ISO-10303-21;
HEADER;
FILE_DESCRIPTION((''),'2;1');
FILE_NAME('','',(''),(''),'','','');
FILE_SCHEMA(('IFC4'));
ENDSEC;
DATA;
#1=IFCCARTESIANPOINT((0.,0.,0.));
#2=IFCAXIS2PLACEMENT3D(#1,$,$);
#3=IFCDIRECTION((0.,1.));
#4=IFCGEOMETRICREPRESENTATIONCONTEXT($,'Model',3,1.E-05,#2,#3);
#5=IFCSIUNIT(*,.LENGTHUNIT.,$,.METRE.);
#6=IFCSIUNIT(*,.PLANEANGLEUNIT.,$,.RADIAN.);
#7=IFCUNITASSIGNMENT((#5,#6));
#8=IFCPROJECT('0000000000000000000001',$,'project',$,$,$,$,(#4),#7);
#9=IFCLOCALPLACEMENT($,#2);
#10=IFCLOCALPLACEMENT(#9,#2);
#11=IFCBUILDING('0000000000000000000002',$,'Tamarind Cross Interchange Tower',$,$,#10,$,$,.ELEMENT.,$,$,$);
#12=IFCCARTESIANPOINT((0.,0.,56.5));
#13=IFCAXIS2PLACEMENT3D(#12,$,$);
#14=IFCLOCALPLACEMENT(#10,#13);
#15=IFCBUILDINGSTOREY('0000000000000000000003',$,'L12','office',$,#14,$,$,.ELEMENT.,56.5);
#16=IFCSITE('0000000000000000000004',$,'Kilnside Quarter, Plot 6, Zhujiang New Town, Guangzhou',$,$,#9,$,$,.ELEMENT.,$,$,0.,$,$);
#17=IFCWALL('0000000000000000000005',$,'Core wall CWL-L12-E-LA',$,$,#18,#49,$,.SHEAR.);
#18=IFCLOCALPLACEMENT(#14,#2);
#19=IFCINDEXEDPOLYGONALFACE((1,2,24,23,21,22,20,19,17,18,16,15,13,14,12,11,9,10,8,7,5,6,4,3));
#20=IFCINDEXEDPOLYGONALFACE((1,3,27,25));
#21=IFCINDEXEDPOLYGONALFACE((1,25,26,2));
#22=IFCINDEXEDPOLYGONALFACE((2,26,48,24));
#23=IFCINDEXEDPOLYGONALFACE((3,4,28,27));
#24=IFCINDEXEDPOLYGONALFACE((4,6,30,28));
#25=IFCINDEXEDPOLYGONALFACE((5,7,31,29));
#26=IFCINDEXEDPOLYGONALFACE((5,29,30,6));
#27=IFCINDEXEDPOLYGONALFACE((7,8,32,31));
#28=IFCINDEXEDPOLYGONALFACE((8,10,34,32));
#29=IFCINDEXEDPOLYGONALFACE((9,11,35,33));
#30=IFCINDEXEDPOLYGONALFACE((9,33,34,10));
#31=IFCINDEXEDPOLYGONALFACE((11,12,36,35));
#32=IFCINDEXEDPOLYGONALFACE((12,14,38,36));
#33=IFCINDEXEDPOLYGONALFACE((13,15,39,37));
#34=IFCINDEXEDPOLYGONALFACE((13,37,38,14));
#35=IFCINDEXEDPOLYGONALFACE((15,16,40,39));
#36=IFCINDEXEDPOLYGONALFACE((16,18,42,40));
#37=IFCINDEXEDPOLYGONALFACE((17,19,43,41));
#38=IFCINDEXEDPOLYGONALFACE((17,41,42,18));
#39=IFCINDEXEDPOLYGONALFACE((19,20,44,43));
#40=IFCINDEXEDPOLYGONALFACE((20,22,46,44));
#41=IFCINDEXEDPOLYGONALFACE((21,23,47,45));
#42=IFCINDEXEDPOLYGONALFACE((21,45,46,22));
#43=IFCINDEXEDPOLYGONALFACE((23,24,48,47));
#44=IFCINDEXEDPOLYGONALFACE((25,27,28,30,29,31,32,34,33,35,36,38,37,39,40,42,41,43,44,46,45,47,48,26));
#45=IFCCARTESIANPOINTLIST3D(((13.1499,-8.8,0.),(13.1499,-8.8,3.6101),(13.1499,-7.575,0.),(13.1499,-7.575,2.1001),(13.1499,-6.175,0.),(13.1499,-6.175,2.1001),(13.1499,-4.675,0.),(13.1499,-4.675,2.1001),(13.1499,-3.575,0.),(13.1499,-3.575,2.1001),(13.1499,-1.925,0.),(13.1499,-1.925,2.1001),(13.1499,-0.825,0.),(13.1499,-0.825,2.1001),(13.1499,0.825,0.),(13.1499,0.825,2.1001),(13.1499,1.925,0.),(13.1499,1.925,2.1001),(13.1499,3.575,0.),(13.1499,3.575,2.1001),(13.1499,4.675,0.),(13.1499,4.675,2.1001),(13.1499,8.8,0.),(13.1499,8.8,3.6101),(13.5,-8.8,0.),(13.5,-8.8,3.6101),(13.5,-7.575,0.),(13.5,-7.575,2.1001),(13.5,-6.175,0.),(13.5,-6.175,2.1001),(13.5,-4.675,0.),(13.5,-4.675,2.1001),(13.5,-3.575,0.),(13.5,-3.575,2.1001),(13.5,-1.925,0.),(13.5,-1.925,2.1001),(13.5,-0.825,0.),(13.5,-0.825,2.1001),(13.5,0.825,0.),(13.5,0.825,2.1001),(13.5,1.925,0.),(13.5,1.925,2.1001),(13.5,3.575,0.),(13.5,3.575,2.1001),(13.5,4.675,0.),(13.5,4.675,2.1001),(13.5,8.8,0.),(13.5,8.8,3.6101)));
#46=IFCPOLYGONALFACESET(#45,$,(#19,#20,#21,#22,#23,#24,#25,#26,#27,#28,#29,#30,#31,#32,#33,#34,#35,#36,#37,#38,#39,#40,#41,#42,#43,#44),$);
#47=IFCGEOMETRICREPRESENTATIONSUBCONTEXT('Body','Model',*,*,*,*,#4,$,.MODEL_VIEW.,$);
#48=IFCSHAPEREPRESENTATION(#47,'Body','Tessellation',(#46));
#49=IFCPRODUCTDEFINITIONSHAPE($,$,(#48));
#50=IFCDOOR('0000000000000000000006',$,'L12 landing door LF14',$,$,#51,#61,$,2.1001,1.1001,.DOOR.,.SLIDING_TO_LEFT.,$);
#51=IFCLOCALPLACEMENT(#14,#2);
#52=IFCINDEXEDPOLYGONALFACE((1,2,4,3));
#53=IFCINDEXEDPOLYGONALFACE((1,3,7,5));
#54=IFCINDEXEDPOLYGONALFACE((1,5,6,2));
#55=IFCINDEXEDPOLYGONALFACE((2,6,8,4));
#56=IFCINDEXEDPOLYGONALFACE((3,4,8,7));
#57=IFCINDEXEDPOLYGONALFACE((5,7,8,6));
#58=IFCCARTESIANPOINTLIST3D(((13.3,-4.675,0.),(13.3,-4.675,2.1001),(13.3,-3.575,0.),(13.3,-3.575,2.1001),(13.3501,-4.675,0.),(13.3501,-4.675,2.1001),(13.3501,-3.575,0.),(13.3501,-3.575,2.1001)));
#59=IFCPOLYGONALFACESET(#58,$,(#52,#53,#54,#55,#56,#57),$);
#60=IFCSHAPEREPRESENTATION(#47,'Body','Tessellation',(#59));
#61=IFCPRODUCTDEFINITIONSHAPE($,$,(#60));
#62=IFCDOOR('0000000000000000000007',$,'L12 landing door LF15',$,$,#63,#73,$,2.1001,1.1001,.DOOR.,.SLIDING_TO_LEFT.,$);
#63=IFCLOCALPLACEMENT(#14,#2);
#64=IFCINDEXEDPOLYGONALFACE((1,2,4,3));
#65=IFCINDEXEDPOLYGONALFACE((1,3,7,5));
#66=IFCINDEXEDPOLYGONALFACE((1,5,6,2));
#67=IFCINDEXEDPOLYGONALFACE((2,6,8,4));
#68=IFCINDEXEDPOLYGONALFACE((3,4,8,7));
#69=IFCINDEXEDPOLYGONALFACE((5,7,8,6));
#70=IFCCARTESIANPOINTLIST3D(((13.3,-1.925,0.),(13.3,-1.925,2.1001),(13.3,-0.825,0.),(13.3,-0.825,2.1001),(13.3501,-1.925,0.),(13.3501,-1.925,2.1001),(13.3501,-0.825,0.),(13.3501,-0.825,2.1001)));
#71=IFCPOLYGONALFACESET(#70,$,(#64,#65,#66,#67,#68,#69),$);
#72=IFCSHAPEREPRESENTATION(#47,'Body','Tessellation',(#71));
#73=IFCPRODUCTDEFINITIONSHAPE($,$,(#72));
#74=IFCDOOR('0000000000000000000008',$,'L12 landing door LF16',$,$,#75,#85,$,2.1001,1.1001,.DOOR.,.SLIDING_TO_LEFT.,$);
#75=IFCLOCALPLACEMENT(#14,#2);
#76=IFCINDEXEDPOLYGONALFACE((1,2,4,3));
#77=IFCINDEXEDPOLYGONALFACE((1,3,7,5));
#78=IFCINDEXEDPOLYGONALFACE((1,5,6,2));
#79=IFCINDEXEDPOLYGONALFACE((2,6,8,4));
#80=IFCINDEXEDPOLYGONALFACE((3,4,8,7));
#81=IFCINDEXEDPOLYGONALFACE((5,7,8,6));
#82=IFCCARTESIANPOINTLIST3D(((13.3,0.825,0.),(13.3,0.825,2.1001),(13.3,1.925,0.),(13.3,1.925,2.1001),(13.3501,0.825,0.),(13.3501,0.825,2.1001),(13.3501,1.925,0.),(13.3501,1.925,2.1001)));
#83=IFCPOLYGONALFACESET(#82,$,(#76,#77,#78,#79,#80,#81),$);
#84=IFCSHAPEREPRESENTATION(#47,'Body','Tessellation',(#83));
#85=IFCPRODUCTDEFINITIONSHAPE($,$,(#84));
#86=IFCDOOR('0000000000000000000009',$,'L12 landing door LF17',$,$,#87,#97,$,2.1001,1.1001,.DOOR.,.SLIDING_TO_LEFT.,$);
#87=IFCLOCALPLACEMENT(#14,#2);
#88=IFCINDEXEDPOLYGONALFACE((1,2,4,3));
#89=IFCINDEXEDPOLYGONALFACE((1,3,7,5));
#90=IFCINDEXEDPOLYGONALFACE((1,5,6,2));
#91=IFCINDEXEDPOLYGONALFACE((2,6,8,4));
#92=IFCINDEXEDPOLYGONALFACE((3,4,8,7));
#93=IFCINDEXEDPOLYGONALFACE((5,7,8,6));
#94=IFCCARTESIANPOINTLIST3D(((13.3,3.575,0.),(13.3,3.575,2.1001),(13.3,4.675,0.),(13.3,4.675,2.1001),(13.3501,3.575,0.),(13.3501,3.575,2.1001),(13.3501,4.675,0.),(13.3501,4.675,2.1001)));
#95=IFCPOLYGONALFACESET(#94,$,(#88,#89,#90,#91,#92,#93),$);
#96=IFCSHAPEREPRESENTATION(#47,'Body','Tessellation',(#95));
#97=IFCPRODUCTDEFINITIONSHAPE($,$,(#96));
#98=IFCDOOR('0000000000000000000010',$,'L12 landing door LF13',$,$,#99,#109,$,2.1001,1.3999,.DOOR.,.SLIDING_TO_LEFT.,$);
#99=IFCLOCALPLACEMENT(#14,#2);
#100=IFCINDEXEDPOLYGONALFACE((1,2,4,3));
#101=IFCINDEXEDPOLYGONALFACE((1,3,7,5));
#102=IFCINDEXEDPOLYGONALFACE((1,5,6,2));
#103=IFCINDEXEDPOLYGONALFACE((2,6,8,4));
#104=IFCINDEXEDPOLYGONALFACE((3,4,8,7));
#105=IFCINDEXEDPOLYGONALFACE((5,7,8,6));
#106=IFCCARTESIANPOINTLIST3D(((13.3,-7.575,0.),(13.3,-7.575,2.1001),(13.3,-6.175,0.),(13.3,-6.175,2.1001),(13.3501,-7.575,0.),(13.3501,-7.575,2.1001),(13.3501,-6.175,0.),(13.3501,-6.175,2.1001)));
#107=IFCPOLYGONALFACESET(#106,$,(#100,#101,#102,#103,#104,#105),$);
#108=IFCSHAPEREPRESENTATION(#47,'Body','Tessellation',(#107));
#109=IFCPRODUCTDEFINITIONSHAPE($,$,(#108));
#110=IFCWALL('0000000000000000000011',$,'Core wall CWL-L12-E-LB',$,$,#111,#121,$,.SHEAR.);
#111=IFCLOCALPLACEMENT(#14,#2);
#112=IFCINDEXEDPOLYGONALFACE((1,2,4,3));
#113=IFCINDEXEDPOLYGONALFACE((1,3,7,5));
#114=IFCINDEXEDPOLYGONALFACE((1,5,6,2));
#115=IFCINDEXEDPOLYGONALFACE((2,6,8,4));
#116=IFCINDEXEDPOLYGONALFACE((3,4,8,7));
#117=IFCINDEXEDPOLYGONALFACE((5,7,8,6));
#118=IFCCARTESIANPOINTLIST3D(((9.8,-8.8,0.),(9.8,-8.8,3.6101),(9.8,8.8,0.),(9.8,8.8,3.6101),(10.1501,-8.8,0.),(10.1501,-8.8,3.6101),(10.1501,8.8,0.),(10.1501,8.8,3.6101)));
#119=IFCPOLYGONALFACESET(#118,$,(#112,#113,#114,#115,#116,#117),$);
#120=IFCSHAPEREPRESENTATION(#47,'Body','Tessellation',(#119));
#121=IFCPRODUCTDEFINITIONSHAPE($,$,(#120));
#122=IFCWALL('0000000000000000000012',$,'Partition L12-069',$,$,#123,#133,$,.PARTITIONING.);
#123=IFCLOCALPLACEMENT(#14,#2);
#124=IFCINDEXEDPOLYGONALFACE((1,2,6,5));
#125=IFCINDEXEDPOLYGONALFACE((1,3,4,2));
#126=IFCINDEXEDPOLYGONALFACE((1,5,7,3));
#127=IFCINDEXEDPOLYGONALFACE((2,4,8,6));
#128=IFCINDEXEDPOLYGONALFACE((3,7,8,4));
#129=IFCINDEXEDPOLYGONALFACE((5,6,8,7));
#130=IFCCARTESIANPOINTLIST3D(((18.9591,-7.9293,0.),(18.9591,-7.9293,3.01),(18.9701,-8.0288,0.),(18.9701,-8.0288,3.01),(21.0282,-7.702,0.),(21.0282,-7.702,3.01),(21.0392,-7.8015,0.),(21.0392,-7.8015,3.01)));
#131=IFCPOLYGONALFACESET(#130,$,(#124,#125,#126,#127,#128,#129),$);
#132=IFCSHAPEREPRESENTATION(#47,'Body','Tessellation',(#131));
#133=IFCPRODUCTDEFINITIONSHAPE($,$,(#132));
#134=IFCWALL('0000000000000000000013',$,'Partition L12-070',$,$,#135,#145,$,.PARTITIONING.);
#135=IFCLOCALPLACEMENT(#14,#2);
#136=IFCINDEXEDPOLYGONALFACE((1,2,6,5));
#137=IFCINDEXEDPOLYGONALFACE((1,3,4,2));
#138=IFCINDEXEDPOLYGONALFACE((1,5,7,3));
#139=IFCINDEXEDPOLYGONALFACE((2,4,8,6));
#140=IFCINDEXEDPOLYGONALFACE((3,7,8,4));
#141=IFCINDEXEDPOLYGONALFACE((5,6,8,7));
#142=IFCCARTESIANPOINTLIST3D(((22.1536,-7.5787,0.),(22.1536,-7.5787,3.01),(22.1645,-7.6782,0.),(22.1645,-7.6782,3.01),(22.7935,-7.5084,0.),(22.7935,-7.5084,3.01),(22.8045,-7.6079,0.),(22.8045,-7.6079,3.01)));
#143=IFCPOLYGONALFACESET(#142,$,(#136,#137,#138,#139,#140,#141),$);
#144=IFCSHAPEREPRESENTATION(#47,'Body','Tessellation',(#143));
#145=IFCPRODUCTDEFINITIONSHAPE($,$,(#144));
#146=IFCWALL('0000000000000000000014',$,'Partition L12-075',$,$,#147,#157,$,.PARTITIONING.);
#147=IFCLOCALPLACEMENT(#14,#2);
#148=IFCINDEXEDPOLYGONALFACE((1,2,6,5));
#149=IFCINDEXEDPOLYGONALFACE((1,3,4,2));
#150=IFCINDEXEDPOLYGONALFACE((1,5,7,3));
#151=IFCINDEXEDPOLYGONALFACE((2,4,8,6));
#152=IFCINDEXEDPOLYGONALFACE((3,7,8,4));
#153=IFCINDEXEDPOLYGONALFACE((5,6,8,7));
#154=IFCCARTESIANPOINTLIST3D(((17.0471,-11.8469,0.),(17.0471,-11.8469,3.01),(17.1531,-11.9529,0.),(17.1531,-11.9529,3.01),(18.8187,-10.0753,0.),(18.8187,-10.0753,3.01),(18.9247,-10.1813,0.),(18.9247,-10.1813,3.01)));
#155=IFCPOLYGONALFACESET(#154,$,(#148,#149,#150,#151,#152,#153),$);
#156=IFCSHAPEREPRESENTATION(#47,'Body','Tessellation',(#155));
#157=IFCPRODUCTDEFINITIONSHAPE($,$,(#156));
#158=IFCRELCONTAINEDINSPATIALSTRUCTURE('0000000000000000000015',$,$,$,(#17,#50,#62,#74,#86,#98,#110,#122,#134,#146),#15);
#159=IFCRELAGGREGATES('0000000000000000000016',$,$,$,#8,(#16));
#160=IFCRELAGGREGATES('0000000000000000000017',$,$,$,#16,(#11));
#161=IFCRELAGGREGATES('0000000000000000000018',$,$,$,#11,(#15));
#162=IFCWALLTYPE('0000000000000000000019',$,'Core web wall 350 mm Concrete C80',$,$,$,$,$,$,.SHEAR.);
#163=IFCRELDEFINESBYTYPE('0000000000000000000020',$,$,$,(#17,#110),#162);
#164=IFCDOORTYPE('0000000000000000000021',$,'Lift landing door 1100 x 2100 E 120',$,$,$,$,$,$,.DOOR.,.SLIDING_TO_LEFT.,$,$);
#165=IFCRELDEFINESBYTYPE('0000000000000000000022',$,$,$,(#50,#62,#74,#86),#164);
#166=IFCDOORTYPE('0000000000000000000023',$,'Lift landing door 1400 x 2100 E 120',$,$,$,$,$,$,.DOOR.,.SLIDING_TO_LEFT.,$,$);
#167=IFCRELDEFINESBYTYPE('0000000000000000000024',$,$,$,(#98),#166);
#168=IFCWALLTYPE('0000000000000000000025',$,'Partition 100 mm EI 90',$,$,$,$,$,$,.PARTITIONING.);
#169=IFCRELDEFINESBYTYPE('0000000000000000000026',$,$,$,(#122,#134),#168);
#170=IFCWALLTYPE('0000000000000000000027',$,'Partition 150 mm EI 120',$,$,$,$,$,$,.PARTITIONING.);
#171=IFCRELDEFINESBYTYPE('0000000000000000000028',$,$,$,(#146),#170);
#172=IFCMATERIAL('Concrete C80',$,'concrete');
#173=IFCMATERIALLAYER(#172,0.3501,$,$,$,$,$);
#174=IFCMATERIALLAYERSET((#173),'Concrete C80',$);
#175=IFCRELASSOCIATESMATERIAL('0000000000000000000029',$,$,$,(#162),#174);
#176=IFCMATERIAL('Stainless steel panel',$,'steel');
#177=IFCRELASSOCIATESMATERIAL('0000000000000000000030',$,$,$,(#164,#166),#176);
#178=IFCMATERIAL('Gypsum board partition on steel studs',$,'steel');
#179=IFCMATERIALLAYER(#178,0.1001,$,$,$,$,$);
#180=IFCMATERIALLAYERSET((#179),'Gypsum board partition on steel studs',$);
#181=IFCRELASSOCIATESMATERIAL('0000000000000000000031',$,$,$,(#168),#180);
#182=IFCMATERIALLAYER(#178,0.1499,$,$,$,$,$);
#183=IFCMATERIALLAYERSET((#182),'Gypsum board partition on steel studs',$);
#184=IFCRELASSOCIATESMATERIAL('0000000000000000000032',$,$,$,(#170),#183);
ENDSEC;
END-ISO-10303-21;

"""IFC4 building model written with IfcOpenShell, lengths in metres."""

from ifc_helpers import new_model, si_unit, direction, frame, frame_2d, origin, place, context, subcontext, project, spatial, rectangle, extrude, material, layer, layer_set, type_object, element, fill, save


model = new_model("IFC4")

# Units and contexts
model_context = context("Model", 3, precision=1e-05, world=origin(), true_north=direction((0.0, 1.0)))
body_context = subcontext(model_context, "Body", "Model", "MODEL_VIEW")
ifc_project = project(units=[si_unit("LENGTHUNIT", "METRE"), si_unit("PLANEANGLEUNIT", "RADIAN")], contexts=[model_context])

# Site, building, storey
site_placement = place(None, origin())
site = spatial("IfcSite", under=ifc_project, at=site_placement, Name="Kilnside Quarter, Plot 6, Zhujiang New Town, Guangzhou", CompositionType="ELEMENT", RefElevation=0.0)
building_placement = place(site_placement, origin())
building = spatial("IfcBuilding", under=site, at=building_placement, Name="Tamarind Cross Interchange Tower", CompositionType="ELEMENT")
storey_placement = place(building_placement, frame((0.0, 0.0, 56.5)))
storey = spatial("IfcBuildingStorey", under=building, at=storey_placement, Name="L12", Description="office", CompositionType="ELEMENT", Elevation=56.5)

# Wall, openings, doors
ifc_material_1 = material(Name="Concrete C80", Category="concrete")
ifc_layer_1 = layer(ifc_material_1, 0.3501)
ifc_layer_set_1 = layer_set([ifc_layer_1], Name="Concrete C80")
wall_type_1 = type_object("IfcWallType", Name="Core web wall 350 mm Concrete C80", PredefinedType="SHEAR", material=ifc_layer_set_1)
wall_1_placement = place(storey_placement, frame((13.325, -8.8, 0.0), z_axis=(0.0, 0.0, 1.0), x_axis=(0.0, 1.0, 0.0)))
wall_1 = element("IfcWall", 1, at=wall_1_placement, inside=storey, type_object=wall_type_1, Name="Core wall CWL-L12-E-LA", PredefinedType="SHEAR", context=body_context, shape_type="SweptSolid", body=[
    extrude(rectangle(XDim=17.6001, YDim=0.3501, at=frame_2d((8.8, 0.0))), origin(), (0.0, 0.0, 1.0), 3.6101),
])
opening_1_placement = place(wall_1_placement, frame((1.2251, 0.0, 0.0)))
opening_1 = element("IfcOpeningElement", 2, at=opening_1_placement, cuts=wall_1, PredefinedType="OPENING", context=body_context, shape_type="SweptSolid", body=[
    extrude(rectangle(XDim=1.3999, YDim=2.1001, at=frame_2d((0.7, 1.05))), frame((0.0, 0.1851, 0.0), z_axis=(0.0, -1.0, 0.0), x_axis=(1.0, 0.0, 0.0)), (0.0, 0.0, 1.0), 0.3701),
])
opening_2_placement = place(wall_1_placement, frame((4.125, 0.0, 0.0)))
opening_2 = element("IfcOpeningElement", 3, at=opening_2_placement, cuts=wall_1, PredefinedType="OPENING", context=body_context, shape_type="SweptSolid", body=[
    extrude(rectangle(XDim=1.1001, YDim=2.1001, at=frame_2d((0.55, 1.05))), frame((0.0, 0.1851, 0.0), z_axis=(0.0, -1.0, 0.0), x_axis=(1.0, 0.0, 0.0)), (0.0, 0.0, 1.0), 0.3701),
])
opening_3_placement = place(wall_1_placement, frame((6.875, 0.0, 0.0)))
opening_3 = element("IfcOpeningElement", 4, at=opening_3_placement, cuts=wall_1, PredefinedType="OPENING", context=body_context, shape_type="SweptSolid", body=[
    extrude(rectangle(XDim=1.1001, YDim=2.1001, at=frame_2d((0.55, 1.05))), frame((0.0, 0.1851, 0.0), z_axis=(0.0, -1.0, 0.0), x_axis=(1.0, 0.0, 0.0)), (0.0, 0.0, 1.0), 0.3701),
])
opening_4_placement = place(wall_1_placement, frame((9.625, 0.0, 0.0)))
opening_4 = element("IfcOpeningElement", 5, at=opening_4_placement, cuts=wall_1, PredefinedType="OPENING", context=body_context, shape_type="SweptSolid", body=[
    extrude(rectangle(XDim=1.1001, YDim=2.1001, at=frame_2d((0.55, 1.05))), frame((0.0, 0.1851, 0.0), z_axis=(0.0, -1.0, 0.0), x_axis=(1.0, 0.0, 0.0)), (0.0, 0.0, 1.0), 0.3701),
])
opening_5_placement = place(wall_1_placement, frame((12.375, 0.0, 0.0)))
opening_5 = element("IfcOpeningElement", 6, at=opening_5_placement, cuts=wall_1, PredefinedType="OPENING", context=body_context, shape_type="SweptSolid", body=[
    extrude(rectangle(XDim=1.1001, YDim=2.1001, at=frame_2d((0.55, 1.05))), frame((0.0, 0.1851, 0.0), z_axis=(0.0, -1.0, 0.0), x_axis=(1.0, 0.0, 0.0)), (0.0, 0.0, 1.0), 0.3701),
])
ifc_material_2 = material(Name="Stainless steel panel", Category="steel")
door_type_1 = type_object("IfcDoorType", Name="Lift landing door 1100 x 2100 E 120", OperationType="SLIDING_TO_LEFT", PredefinedType="DOOR", material=ifc_material_2)
door_1_placement = place(opening_2_placement, origin())
door_1 = element("IfcDoor", 7, at=door_1_placement, inside=storey, type_object=door_type_1, Name="L12 landing door LF14", OperationType="SLIDING_TO_LEFT", OverallHeight=2.1001, OverallWidth=1.1001, PredefinedType="DOOR", context=body_context, shape_type="SweptSolid", body=[
    extrude(rectangle(XDim=1.1001, YDim=2.1001, at=frame_2d((0.55, 1.05))), frame((0.0, 0.0249, 0.0), z_axis=(0.0, -1.0, 0.0), x_axis=(1.0, 0.0, 0.0)), (0.0, 0.0, 1.0), 0.05),
])
fill(opening_2, door_1)
door_2_placement = place(opening_3_placement, origin())
door_2 = element("IfcDoor", 8, at=door_2_placement, inside=storey, type_object=door_type_1, Name="L12 landing door LF15", OperationType="SLIDING_TO_LEFT", OverallHeight=2.1001, OverallWidth=1.1001, PredefinedType="DOOR", context=body_context, shape_type="SweptSolid", body=[
    extrude(rectangle(XDim=1.1001, YDim=2.1001, at=frame_2d((0.55, 1.05))), frame((0.0, 0.0249, 0.0), z_axis=(0.0, -1.0, 0.0), x_axis=(1.0, 0.0, 0.0)), (0.0, 0.0, 1.0), 0.05),
])
fill(opening_3, door_2)
door_3_placement = place(opening_4_placement, origin())
door_3 = element("IfcDoor", 9, at=door_3_placement, inside=storey, type_object=door_type_1, Name="L12 landing door LF16", OperationType="SLIDING_TO_LEFT", OverallHeight=2.1001, OverallWidth=1.1001, PredefinedType="DOOR", context=body_context, shape_type="SweptSolid", body=[
    extrude(rectangle(XDim=1.1001, YDim=2.1001, at=frame_2d((0.55, 1.05))), frame((0.0, 0.0249, 0.0), z_axis=(0.0, -1.0, 0.0), x_axis=(1.0, 0.0, 0.0)), (0.0, 0.0, 1.0), 0.05),
])
fill(opening_4, door_3)
door_4_placement = place(opening_5_placement, origin())
door_4 = element("IfcDoor", 10, at=door_4_placement, inside=storey, type_object=door_type_1, Name="L12 landing door LF17", OperationType="SLIDING_TO_LEFT", OverallHeight=2.1001, OverallWidth=1.1001, PredefinedType="DOOR", context=body_context, shape_type="SweptSolid", body=[
    extrude(rectangle(XDim=1.1001, YDim=2.1001, at=frame_2d((0.55, 1.05))), frame((0.0, 0.0249, 0.0), z_axis=(0.0, -1.0, 0.0), x_axis=(1.0, 0.0, 0.0)), (0.0, 0.0, 1.0), 0.05),
])
fill(opening_5, door_4)
door_type_2 = type_object("IfcDoorType", Name="Lift landing door 1400 x 2100 E 120", OperationType="SLIDING_TO_LEFT", PredefinedType="DOOR", material=ifc_material_2)
door_5_placement = place(opening_1_placement, origin())
door_5 = element("IfcDoor", 11, at=door_5_placement, inside=storey, type_object=door_type_2, Name="L12 landing door LF13", OperationType="SLIDING_TO_LEFT", OverallHeight=2.1001, OverallWidth=1.3999, PredefinedType="DOOR", context=body_context, shape_type="SweptSolid", body=[
    extrude(rectangle(XDim=1.3999, YDim=2.1001, at=frame_2d((0.7, 1.05))), frame((0.0, 0.0249, 0.0), z_axis=(0.0, -1.0, 0.0), x_axis=(1.0, 0.0, 0.0)), (0.0, 0.0, 1.0), 0.05),
])
fill(opening_1, door_5)

# Walls
wall_2_placement = place(storey_placement, frame((9.9751, -8.8, 0.0), z_axis=(0.0, 0.0, 1.0), x_axis=(0.0, 1.0, 0.0)))
element("IfcWall", 12, at=wall_2_placement, inside=storey, type_object=wall_type_1, Name="Core wall CWL-L12-E-LB", PredefinedType="SHEAR", context=body_context, shape_type="SweptSolid", body=[
    extrude(rectangle(XDim=17.6001, YDim=0.3501, at=frame_2d((8.8, 0.0))), origin(), (0.0, 0.0, 1.0), 3.6101),
])
ifc_material_3 = material(Name="Gypsum board partition on steel studs", Category="steel")
ifc_layer_2 = layer(ifc_material_3, 0.1001)
ifc_layer_set_2 = layer_set([ifc_layer_2], Name="Gypsum board partition on steel studs")
wall_type_2 = type_object("IfcWallType", Name="Partition 100 mm EI 90", PredefinedType="PARTITIONING", material=ifc_layer_set_2)
wall_3_placement = place(storey_placement, frame((18.9646, -7.979, 0.0), z_axis=(0.0, 0.0, 1.0), x_axis=(0.99402, 0.109196, 0.0)))
element("IfcWall", 13, at=wall_3_placement, inside=storey, type_object=wall_type_2, Name="Partition L12-069", PredefinedType="PARTITIONING", context=body_context, shape_type="SweptSolid", body=[
    extrude(rectangle(XDim=2.0815, YDim=0.1001, at=frame_2d((1.0408, 0.0))), origin(), (0.0, 0.0, 1.0), 3.01),
])
wall_4_placement = place(storey_placement, frame((22.1592, -7.6284, 0.0), z_axis=(0.0, 0.0, 1.0), x_axis=(0.994017, 0.109224, 0.0)))
element("IfcWall", 14, at=wall_4_placement, inside=storey, type_object=wall_type_2, Name="Partition L12-070", PredefinedType="PARTITIONING", context=body_context, shape_type="SweptSolid", body=[
    extrude(rectangle(XDim=0.6438, YDim=0.1001, at=frame_2d((0.3218, 0.0))), origin(), (0.0, 0.0, 1.0), 3.01),
])
ifc_layer_3 = layer(ifc_material_3, 0.1499)
ifc_layer_set_3 = layer_set([ifc_layer_3], Name="Gypsum board partition on steel studs")
wall_type_3 = type_object("IfcWallType", Name="Partition 150 mm EI 120", PredefinedType="PARTITIONING", material=ifc_layer_set_3)
wall_5_placement = place(storey_placement, frame((17.1001, -11.8999, 0.0), z_axis=(0.0, 0.0, 1.0), x_axis=(0.707107, 0.707107, 0.0)))
element("IfcWall", 15, at=wall_5_placement, inside=storey, type_object=wall_type_3, Name="Partition L12-075", PredefinedType="PARTITIONING", context=body_context, shape_type="SweptSolid", body=[
    extrude(rectangle(XDim=2.5054, YDim=0.1499, at=frame_2d((1.2527, 0.0))), origin(), (0.0, 0.0, 1.0), 3.01),
])

save(model, "model.ifc")
